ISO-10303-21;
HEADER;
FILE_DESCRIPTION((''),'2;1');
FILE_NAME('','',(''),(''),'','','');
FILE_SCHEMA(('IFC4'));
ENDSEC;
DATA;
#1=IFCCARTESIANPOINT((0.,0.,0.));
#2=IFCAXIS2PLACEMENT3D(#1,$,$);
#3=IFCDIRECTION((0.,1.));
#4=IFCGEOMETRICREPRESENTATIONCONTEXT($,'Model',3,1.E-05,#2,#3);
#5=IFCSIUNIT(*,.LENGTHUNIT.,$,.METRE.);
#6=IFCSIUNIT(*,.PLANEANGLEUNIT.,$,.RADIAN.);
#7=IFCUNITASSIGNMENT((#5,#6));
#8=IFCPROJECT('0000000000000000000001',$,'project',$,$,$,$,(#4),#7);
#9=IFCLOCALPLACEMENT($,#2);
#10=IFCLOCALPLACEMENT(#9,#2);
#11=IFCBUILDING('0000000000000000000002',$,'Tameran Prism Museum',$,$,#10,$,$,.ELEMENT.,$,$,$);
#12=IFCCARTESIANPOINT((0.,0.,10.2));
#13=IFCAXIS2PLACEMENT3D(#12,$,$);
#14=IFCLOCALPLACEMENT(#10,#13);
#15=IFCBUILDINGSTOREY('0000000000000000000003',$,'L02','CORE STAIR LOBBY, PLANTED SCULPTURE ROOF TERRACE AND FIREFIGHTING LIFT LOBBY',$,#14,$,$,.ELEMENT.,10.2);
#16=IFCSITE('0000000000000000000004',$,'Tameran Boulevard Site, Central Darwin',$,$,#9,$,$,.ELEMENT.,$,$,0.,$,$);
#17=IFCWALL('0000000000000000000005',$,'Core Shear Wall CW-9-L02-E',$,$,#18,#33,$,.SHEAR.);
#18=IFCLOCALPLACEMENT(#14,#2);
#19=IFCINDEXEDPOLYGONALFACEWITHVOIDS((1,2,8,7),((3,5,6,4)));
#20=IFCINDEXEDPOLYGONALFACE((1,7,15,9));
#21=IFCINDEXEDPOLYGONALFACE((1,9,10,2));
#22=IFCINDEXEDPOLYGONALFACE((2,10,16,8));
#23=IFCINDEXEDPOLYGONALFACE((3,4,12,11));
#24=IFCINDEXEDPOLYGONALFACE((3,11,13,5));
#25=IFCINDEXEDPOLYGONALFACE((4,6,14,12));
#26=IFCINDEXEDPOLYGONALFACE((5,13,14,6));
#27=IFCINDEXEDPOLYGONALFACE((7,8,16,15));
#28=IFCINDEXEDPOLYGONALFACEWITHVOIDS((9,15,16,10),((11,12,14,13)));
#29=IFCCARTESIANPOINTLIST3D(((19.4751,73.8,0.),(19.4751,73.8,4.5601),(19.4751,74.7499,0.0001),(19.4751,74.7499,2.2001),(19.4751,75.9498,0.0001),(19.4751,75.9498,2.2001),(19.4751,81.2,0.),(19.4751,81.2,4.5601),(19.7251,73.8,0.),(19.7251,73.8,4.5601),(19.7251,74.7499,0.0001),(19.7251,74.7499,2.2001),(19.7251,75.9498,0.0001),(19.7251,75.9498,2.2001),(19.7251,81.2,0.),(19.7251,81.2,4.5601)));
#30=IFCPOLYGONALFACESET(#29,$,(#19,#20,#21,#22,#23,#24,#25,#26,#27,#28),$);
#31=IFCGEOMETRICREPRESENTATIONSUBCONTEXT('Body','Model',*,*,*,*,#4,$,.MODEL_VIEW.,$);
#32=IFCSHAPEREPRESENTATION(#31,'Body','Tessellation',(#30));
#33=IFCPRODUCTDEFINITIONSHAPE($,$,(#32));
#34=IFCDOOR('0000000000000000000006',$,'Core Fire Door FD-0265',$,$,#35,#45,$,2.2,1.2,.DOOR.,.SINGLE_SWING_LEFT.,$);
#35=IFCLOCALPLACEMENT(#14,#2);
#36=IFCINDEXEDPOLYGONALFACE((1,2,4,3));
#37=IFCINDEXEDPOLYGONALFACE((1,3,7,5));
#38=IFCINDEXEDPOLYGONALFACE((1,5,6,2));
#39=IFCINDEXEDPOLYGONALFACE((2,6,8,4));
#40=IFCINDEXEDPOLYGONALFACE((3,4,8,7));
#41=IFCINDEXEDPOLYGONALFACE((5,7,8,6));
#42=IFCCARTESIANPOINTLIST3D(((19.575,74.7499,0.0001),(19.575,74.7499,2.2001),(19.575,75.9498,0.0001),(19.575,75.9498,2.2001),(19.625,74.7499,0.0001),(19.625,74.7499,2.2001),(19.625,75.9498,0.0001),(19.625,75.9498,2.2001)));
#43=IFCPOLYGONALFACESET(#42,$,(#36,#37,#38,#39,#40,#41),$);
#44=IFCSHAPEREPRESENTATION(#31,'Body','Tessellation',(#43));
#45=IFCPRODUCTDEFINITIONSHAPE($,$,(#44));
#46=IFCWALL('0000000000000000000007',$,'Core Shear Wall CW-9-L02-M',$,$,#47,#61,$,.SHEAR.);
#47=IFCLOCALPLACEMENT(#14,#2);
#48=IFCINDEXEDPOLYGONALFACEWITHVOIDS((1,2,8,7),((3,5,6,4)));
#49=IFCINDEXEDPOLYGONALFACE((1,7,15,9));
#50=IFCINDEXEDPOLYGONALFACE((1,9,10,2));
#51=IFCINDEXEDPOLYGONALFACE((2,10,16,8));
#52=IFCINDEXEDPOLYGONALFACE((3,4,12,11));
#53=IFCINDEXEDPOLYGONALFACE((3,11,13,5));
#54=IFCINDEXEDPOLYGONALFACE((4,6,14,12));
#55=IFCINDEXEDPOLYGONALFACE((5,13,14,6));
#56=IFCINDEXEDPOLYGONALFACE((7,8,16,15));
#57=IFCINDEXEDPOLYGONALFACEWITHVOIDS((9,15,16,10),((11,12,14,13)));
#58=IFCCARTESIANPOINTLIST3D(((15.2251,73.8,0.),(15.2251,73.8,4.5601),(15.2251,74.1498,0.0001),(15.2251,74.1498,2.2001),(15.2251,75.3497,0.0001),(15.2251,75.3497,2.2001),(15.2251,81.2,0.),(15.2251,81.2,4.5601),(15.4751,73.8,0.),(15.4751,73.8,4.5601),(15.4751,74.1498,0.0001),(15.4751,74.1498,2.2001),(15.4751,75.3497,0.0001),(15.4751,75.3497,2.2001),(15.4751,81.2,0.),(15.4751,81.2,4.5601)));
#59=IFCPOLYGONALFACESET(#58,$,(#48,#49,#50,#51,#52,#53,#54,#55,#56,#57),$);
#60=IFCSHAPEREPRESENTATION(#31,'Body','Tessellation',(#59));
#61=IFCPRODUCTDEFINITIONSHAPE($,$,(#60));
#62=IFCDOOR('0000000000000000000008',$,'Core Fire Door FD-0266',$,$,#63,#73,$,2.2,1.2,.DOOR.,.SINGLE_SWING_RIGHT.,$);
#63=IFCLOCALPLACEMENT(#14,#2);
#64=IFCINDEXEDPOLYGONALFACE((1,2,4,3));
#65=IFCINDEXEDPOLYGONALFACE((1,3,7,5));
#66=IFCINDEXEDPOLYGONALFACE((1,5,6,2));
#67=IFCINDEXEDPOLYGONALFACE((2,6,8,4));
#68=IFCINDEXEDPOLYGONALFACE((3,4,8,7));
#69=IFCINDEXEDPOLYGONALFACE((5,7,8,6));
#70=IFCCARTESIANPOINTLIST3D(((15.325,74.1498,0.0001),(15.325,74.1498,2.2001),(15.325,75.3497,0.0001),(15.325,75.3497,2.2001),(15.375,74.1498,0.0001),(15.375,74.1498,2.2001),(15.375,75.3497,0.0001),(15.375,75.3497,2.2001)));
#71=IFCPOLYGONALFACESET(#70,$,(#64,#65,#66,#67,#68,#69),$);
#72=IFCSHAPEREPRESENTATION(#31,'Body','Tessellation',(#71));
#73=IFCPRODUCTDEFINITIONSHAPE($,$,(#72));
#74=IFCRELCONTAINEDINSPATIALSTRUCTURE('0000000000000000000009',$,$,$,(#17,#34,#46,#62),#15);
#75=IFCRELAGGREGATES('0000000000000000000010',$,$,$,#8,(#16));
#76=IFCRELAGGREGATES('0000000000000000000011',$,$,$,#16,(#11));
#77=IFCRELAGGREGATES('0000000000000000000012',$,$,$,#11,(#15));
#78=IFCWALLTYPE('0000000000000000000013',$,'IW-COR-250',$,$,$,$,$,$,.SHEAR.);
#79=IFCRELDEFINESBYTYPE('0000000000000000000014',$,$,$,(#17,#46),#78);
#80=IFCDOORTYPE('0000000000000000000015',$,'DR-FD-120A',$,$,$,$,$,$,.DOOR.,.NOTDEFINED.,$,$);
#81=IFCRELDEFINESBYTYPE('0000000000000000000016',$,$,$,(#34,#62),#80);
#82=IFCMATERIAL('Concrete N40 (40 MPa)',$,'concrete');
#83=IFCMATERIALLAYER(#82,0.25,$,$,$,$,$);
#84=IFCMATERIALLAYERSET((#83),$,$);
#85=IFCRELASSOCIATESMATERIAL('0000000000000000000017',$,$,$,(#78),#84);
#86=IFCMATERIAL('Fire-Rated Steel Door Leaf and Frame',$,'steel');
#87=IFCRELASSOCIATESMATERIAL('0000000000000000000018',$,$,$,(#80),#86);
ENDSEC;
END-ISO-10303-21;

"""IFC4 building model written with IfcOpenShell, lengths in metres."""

from ifc_helpers import new_model, si_unit, direction, frame, frame_2d, origin, place, context, subcontext, project, spatial, rectangle, extrude, material, layer, layer_set, type_object, element, fill, save


model = new_model("IFC4")

# Units and contexts
model_context = context("Model", 3, precision=1e-05, world=origin(), true_north=direction((0.0, 1.0)))
body_context = subcontext(model_context, "Body", "Model", "MODEL_VIEW")
ifc_project = project(units=[si_unit("LENGTHUNIT", "METRE"), si_unit("PLANEANGLEUNIT", "RADIAN")], contexts=[model_context])

# Site, building, storey
site_placement = place(None, origin())
site = spatial("IfcSite", under=ifc_project, at=site_placement, Name="Tameran Boulevard Site, Central Darwin", CompositionType="ELEMENT", RefElevation=0.0)
building_placement = place(site_placement, origin())
building = spatial("IfcBuilding", under=site, at=building_placement, Name="Tameran Prism Museum", CompositionType="ELEMENT")
storey_placement = place(building_placement, frame((0.0, 0.0, 10.2)))
storey = spatial("IfcBuildingStorey", under=building, at=storey_placement, Name="L02", Description="CORE STAIR LOBBY, PLANTED SCULPTURE ROOF TERRACE AND FIREFIGHTING LIFT LOBBY", CompositionType="ELEMENT", Elevation=10.2)

# Shared definitions
ifc_material_1 = material(Name="Concrete N40 (40 MPa)", Category="concrete")
ifc_layer_1 = layer(ifc_material_1, 0.25)
ifc_layer_set_1 = layer_set([ifc_layer_1])
wall_type = type_object("IfcWallType", Name="IW-COR-250", PredefinedType="SHEAR", material=ifc_layer_set_1)

# Walls, openings, doors
wall_1_placement = place(storey_placement, frame((19.6001, 81.2, 0.0), z_axis=(0.0, 0.0, 1.0), x_axis=(0.0, -1.0, 0.0)))
wall_1 = element("IfcWall", 1, at=wall_1_placement, inside=storey, type_object=wall_type, Name="Core Shear Wall CW-9-L02-E", PredefinedType="SHEAR", context=body_context, shape_type="SweptSolid", body=[
    extrude(rectangle(XDim=7.3999, YDim=0.25, at=frame_2d((3.7, 0.0))), origin(), (0.0, 0.0, 1.0), 4.5601),
])
opening_1_placement = place(wall_1_placement, frame((5.25, 0.0, 0.0)))
opening_1 = element("IfcOpeningElement", 2, at=opening_1_placement, cuts=wall_1, PredefinedType="OPENING", context=body_context, shape_type="SweptSolid", body=[
    extrude(rectangle(XDim=1.2, YDim=2.2, at=frame_2d((0.6001, 1.1001))), frame((0.0, 0.135, 0.0), z_axis=(0.0, -1.0, 0.0), x_axis=(1.0, 0.0, 0.0)), (0.0, 0.0, 1.0), 0.27),
])
ifc_material_2 = material(Name="Fire-Rated Steel Door Leaf and Frame", Category="steel")
door_type = type_object("IfcDoorType", Name="DR-FD-120A", OperationType="NOTDEFINED", PredefinedType="DOOR", material=ifc_material_2)
door_1_placement = place(opening_1_placement, origin())
door_1 = element("IfcDoor", 3, at=door_1_placement, inside=storey, type_object=door_type, Name="Core Fire Door FD-0265", OperationType="SINGLE_SWING_LEFT", OverallHeight=2.2, OverallWidth=1.2, PredefinedType="DOOR", context=body_context, shape_type="SweptSolid", body=[
    extrude(rectangle(XDim=1.2, YDim=2.2, at=frame_2d((0.6001, 1.1001))), frame((0.0, 0.0249, 0.0), z_axis=(0.0, -1.0, 0.0), x_axis=(1.0, 0.0, 0.0)), (0.0, 0.0, 1.0), 0.05),
])
fill(opening_1, door_1)
wall_2_placement = place(storey_placement, frame((15.3501, 81.2, 0.0), z_axis=(0.0, 0.0, 1.0), x_axis=(0.0, -1.0, 0.0)))
wall_2 = element("IfcWall", 4, at=wall_2_placement, inside=storey, type_object=wall_type, Name="Core Shear Wall CW-9-L02-M", PredefinedType="SHEAR", context=body_context, shape_type="SweptSolid", body=[
    extrude(rectangle(XDim=7.3999, YDim=0.25, at=frame_2d((3.7, 0.0))), origin(), (0.0, 0.0, 1.0), 4.5601),
])
opening_2_placement = place(wall_2_placement, frame((5.8501, 0.0, 0.0)))
opening_2 = element("IfcOpeningElement", 5, at=opening_2_placement, cuts=wall_2, PredefinedType="OPENING", context=body_context, shape_type="SweptSolid", body=[
    extrude(rectangle(XDim=1.2, YDim=2.2, at=frame_2d((0.6001, 1.1001))), frame((0.0, 0.135, 0.0), z_axis=(0.0, -1.0, 0.0), x_axis=(1.0, 0.0, 0.0)), (0.0, 0.0, 1.0), 0.27),
])
door_2_placement = place(opening_2_placement, origin())
door_2 = element("IfcDoor", 6, at=door_2_placement, inside=storey, type_object=door_type, Name="Core Fire Door FD-0266", OperationType="SINGLE_SWING_RIGHT", OverallHeight=2.2, OverallWidth=1.2, PredefinedType="DOOR", context=body_context, shape_type="SweptSolid", body=[
    extrude(rectangle(XDim=1.2, YDim=2.2, at=frame_2d((0.6001, 1.1001))), frame((0.0, 0.0249, 0.0), z_axis=(0.0, -1.0, 0.0), x_axis=(1.0, 0.0, 0.0)), (0.0, 0.0, 1.0), 0.05),
])
fill(opening_2, door_2)

save(model, "model.ifc")
